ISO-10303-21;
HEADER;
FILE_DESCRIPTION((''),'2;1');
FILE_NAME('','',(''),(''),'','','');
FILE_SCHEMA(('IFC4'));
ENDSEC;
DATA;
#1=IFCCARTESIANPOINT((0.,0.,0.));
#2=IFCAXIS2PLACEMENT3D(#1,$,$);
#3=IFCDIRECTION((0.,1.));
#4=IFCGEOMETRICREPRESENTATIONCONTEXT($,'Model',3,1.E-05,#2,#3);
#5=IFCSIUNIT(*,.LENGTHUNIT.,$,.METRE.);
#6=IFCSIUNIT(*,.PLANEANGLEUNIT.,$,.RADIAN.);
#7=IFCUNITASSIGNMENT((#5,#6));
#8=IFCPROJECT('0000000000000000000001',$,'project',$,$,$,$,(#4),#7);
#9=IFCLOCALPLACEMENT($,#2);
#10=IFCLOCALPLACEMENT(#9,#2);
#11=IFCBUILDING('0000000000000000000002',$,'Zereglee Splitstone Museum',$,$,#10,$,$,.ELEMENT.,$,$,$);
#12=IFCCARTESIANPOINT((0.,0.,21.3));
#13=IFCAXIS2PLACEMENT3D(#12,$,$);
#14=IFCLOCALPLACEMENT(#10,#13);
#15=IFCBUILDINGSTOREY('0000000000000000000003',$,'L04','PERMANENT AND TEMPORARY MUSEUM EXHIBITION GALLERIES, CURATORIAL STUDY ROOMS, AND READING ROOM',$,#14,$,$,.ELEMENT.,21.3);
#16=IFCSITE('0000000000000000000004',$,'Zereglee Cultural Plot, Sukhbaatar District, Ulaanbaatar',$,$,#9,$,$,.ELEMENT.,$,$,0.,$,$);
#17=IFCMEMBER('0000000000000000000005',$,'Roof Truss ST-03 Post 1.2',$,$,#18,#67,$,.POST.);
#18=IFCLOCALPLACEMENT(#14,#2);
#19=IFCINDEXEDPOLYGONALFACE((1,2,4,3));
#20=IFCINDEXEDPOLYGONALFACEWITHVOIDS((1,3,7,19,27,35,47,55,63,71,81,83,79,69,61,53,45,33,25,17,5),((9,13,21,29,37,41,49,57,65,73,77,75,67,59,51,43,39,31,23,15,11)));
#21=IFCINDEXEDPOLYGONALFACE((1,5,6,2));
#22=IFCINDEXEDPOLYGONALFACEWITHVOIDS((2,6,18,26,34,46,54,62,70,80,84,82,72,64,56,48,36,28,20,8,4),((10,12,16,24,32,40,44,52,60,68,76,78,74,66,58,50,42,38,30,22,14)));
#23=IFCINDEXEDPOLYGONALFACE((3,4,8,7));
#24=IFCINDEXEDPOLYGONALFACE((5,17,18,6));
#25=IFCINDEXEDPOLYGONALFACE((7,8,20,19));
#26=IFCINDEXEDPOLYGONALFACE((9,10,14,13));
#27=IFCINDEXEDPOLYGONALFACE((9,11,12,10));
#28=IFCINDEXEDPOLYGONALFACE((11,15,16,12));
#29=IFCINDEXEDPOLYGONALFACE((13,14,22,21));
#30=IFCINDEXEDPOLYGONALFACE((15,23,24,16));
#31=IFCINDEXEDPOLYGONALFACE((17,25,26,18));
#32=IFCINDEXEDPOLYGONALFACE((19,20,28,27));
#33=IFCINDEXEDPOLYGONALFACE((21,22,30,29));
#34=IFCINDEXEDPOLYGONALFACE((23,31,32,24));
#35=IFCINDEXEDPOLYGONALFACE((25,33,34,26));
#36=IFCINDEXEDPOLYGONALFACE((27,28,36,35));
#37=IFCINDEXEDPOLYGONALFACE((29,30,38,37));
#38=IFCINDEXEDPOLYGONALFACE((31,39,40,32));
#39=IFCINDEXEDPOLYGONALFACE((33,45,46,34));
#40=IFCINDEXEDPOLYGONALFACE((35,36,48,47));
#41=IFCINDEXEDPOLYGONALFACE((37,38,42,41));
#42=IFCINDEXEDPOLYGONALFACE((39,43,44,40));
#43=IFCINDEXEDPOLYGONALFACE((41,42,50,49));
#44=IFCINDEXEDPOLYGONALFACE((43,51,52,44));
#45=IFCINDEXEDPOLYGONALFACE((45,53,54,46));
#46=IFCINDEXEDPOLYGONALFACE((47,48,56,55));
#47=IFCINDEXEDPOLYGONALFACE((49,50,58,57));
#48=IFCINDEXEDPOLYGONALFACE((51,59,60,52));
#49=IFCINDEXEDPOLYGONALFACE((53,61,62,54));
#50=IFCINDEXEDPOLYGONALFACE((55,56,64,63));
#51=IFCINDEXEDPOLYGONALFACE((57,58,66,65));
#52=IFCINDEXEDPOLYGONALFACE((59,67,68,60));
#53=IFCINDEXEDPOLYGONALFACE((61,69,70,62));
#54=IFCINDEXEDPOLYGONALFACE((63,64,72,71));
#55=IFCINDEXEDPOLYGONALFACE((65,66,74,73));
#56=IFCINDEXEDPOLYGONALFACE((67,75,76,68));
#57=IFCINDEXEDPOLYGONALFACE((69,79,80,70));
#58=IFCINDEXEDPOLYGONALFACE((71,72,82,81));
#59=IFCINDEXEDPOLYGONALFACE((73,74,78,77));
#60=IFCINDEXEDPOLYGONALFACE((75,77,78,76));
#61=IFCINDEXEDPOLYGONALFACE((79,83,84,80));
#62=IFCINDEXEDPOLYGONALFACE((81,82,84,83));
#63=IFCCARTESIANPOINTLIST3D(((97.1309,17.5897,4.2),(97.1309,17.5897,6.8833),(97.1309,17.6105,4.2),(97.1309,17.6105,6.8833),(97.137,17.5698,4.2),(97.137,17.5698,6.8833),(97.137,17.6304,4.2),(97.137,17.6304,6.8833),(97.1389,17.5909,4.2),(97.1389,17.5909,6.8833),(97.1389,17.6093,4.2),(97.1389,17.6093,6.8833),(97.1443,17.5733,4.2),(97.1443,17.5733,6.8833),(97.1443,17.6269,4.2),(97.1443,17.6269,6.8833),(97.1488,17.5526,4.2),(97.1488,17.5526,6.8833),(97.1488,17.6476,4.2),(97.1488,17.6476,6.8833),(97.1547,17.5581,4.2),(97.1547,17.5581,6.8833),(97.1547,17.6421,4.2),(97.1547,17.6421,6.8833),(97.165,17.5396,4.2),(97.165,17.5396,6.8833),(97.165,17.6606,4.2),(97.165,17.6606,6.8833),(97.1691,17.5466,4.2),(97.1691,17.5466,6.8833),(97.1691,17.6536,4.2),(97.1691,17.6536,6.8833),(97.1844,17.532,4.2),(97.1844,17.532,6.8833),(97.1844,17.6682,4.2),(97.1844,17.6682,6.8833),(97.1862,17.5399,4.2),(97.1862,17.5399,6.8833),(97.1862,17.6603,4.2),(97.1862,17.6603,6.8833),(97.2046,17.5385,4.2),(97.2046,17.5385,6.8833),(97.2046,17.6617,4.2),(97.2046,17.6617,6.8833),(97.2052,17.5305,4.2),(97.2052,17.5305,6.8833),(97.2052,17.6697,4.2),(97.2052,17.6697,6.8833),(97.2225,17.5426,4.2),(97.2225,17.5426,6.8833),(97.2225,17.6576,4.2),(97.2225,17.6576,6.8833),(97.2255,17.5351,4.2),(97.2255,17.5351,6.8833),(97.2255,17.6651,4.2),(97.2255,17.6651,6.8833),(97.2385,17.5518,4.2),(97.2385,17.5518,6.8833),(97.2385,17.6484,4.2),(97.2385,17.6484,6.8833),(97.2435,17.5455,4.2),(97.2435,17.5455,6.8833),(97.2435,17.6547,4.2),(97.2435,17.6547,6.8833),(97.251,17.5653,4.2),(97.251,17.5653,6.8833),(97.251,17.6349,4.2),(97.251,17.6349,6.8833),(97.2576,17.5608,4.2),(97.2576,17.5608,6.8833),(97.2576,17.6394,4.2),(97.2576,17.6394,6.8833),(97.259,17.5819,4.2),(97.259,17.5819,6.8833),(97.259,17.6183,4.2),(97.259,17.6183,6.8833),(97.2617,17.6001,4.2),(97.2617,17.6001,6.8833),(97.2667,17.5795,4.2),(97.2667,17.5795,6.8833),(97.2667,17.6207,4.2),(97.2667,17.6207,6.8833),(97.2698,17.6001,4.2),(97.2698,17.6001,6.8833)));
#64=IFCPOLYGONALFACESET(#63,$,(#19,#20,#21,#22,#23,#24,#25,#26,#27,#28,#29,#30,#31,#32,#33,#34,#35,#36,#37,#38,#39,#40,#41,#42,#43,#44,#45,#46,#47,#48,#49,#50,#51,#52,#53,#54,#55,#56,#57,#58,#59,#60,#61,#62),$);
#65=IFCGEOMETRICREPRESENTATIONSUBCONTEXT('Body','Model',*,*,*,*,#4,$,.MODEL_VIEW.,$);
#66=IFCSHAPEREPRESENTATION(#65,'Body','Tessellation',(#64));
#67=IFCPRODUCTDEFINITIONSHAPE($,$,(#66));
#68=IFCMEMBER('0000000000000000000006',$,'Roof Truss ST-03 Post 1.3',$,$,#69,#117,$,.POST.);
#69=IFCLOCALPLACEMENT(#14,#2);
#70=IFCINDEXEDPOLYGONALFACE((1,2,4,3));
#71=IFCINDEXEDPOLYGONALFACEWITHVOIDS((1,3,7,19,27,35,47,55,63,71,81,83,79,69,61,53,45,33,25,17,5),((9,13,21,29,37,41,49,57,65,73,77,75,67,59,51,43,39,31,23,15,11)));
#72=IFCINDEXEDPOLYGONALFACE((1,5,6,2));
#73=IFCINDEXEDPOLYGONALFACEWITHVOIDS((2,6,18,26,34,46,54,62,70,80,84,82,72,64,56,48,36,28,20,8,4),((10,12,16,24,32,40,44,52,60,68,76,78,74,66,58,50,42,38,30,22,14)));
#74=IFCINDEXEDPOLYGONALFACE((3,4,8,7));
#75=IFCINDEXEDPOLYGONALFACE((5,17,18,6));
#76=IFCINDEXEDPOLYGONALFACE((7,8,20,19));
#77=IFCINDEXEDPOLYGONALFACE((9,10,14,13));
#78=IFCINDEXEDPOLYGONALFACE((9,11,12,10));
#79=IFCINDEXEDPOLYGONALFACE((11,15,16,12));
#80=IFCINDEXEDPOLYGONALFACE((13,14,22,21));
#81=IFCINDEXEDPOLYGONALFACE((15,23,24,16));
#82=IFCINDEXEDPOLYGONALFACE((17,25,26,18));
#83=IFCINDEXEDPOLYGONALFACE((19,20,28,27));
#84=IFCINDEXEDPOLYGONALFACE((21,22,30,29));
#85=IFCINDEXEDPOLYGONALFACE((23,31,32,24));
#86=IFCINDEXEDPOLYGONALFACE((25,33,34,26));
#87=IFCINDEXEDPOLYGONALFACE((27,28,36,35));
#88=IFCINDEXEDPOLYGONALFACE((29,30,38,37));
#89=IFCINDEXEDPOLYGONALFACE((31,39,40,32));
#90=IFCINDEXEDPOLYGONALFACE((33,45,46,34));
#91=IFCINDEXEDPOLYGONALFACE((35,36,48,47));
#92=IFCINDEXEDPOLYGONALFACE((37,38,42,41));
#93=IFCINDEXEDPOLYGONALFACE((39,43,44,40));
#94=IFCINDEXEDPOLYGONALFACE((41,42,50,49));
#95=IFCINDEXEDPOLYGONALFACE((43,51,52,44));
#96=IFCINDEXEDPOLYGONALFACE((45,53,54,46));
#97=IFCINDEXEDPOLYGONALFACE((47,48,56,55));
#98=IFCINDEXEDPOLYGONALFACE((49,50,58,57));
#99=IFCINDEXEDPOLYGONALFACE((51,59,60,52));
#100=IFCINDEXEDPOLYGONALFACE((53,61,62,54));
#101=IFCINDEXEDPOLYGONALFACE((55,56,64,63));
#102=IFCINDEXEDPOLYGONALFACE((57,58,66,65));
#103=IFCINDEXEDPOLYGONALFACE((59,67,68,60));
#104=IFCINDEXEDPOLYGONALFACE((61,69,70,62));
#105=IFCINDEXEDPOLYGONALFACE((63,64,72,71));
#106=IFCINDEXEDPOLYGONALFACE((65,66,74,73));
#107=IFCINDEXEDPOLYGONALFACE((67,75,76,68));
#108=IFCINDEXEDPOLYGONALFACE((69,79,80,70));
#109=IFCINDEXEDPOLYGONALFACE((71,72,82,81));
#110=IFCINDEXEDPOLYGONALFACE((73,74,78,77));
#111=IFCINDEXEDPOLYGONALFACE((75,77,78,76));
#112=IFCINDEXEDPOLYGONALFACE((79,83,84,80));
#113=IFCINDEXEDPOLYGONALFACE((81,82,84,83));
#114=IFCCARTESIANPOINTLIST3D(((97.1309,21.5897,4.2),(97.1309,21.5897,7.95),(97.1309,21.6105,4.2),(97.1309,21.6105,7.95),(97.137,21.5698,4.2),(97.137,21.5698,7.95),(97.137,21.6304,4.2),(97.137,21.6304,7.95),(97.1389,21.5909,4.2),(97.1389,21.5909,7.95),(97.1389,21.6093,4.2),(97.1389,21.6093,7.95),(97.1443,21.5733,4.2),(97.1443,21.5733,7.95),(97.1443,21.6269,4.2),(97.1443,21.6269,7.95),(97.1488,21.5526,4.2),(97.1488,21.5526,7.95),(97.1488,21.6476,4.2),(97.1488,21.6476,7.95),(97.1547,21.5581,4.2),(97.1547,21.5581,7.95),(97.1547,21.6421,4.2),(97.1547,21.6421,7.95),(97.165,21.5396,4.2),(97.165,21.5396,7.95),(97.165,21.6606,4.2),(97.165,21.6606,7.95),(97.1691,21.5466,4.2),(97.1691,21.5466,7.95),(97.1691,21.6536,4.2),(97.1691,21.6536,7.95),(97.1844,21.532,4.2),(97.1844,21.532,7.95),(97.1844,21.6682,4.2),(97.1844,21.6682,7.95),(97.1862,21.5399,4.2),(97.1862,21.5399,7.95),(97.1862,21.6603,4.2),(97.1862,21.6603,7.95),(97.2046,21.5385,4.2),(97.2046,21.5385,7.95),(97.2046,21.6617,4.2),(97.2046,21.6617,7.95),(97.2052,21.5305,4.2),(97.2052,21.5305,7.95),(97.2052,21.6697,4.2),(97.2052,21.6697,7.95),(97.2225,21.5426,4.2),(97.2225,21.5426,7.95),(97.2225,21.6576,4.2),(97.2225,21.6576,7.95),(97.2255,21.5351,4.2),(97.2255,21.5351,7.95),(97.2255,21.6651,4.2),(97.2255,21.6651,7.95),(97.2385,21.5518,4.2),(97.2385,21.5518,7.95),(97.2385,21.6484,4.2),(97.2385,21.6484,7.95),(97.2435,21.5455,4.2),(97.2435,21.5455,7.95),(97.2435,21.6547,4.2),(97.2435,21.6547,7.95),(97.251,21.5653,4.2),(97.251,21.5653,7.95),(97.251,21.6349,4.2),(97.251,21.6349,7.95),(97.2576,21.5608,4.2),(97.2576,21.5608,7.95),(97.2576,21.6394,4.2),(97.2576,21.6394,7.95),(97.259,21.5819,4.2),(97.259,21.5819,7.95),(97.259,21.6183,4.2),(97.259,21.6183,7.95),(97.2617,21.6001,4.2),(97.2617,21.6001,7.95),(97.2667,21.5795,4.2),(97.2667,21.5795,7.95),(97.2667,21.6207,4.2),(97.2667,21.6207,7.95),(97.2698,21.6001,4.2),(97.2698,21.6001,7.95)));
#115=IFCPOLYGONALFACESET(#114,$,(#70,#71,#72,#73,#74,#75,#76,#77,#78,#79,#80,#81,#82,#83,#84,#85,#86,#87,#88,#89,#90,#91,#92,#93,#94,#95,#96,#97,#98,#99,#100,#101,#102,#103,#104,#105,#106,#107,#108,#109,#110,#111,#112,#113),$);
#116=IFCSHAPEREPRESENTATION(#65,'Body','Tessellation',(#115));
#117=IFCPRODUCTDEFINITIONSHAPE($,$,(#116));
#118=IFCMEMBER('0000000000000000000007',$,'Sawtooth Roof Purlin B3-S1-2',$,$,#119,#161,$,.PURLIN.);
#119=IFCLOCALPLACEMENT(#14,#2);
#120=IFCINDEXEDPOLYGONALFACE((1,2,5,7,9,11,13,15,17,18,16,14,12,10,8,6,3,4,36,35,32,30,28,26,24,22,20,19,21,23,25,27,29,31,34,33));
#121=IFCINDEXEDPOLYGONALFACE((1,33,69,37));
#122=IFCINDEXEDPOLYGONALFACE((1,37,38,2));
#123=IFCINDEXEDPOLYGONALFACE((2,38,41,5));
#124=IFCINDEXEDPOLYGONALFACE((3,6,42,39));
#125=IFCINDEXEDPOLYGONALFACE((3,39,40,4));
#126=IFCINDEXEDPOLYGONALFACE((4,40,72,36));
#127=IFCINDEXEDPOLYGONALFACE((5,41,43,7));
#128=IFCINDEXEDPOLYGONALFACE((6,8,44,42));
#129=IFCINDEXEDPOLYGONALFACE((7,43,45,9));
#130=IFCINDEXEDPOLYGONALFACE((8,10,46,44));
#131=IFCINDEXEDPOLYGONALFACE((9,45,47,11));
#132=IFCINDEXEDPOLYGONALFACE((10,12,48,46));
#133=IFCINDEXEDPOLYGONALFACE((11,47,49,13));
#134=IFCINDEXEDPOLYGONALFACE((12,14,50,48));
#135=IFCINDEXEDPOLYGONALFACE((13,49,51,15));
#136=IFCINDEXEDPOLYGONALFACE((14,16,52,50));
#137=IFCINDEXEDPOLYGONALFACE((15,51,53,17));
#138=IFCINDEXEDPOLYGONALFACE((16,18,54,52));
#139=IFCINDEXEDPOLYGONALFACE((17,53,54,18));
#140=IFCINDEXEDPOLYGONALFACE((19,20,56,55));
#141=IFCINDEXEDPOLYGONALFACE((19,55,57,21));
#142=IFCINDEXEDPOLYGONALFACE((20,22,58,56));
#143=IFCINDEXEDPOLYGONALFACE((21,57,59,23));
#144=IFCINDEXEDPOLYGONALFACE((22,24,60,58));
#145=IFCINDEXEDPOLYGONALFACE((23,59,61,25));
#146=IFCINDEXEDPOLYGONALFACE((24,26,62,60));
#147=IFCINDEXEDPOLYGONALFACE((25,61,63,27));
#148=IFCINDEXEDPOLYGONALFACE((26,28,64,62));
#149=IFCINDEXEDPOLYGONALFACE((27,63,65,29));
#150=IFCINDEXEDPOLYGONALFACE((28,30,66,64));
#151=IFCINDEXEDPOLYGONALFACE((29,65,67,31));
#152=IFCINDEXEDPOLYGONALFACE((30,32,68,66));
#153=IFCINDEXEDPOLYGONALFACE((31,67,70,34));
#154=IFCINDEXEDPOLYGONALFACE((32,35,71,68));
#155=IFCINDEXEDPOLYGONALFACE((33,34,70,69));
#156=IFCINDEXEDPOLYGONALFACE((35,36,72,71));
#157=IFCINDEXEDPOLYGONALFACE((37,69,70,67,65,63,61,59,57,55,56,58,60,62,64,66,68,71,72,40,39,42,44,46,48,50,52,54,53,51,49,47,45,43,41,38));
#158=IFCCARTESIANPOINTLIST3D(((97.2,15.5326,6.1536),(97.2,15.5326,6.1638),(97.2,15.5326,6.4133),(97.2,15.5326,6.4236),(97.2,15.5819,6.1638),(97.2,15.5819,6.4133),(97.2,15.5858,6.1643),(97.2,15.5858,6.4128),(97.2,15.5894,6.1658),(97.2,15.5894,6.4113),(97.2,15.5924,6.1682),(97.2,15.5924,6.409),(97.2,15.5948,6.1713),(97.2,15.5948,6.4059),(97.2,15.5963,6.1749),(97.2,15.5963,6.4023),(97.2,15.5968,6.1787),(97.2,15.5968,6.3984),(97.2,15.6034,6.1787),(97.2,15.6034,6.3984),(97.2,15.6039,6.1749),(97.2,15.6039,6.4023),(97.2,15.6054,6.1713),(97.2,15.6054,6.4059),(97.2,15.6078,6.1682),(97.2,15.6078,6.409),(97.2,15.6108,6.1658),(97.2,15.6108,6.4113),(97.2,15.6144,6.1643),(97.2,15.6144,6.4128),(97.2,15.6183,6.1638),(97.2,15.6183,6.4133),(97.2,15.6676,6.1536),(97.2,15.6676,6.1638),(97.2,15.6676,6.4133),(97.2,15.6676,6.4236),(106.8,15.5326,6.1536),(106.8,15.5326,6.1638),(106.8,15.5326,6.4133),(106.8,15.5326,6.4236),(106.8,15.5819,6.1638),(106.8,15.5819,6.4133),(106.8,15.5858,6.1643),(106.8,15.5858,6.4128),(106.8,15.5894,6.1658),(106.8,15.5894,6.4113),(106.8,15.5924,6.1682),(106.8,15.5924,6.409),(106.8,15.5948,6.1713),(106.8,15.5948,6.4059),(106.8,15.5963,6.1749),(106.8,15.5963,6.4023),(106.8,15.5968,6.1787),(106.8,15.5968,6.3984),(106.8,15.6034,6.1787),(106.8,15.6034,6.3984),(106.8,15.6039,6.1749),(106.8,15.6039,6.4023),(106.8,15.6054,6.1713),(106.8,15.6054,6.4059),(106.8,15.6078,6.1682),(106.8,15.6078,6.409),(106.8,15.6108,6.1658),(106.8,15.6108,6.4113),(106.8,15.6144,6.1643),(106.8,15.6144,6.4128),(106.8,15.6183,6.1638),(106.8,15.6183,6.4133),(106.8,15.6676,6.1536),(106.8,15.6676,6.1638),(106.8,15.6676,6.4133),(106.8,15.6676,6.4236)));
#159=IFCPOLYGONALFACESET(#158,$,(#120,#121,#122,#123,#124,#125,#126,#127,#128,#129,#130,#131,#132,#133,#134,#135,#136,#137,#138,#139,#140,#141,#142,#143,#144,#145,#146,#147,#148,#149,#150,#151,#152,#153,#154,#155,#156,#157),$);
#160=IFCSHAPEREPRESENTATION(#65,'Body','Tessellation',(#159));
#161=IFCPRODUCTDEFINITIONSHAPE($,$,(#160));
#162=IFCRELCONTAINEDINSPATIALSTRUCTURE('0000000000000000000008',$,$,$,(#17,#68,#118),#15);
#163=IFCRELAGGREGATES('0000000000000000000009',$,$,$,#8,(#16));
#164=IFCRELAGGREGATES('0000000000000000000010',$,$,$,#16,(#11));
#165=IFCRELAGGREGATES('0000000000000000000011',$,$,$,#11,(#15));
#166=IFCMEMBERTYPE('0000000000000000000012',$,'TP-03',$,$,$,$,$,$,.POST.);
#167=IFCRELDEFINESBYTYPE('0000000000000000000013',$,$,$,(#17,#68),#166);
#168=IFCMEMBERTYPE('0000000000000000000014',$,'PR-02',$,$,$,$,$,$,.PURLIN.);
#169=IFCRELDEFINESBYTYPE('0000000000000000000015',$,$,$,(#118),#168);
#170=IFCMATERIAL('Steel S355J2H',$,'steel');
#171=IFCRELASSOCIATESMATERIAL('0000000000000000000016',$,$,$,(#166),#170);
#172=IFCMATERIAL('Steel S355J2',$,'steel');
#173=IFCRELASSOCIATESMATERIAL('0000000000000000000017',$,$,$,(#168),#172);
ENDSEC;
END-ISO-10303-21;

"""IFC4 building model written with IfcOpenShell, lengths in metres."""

from ifc_helpers import new_model, si_unit, direction, frame, origin, origin_2d, place, context, subcontext, project, spatial, hollow_circle, i_section, extrude, material, material_profile, profile_set, type_object, element, save


model = new_model("IFC4")

# Units and contexts
model_context = context("Model", 3, precision=1e-05, world=origin(), true_north=direction((0.0, 1.0)))
body_context = subcontext(model_context, "Body", "Model", "MODEL_VIEW")
ifc_project = project(units=[si_unit("LENGTHUNIT", "METRE"), si_unit("PLANEANGLEUNIT", "RADIAN")], contexts=[model_context])

# Site, building, storey
site_placement = place(None, origin())
site = spatial("IfcSite", under=ifc_project, at=site_placement, Name="Zereglee Cultural Plot, Sukhbaatar District, Ulaanbaatar", CompositionType="ELEMENT", RefElevation=0.0)
building_placement = place(site_placement, origin())
building = spatial("IfcBuilding", under=site, at=building_placement, Name="Zereglee Splitstone Museum", CompositionType="ELEMENT")
storey_placement = place(building_placement, frame((0.0, 0.0, 21.3)))
storey = spatial("IfcBuildingStorey", under=building, at=storey_placement, Name="L04", Description="PERMANENT AND TEMPORARY MUSEUM EXHIBITION GALLERIES, CURATORIAL STUDY ROOMS, AND READING ROOM", CompositionType="ELEMENT", Elevation=21.3)

# Shared definitions
ifc_material_1 = material(Name="Steel S355J2", Category="steel")

# Shared definitions
ifc_material_2 = material(Name="Steel S355J2H", Category="steel")

# Members
ifc_material_profile_1 = material_profile(ifc_material_2, hollow_circle(Radius=0.0698, WallThickness=0.0081, at=origin_2d()), Name="CHS 139.7x8")
ifc_profile_set_1 = profile_set([ifc_material_profile_1], Name="Steel S355J2H")
member_type_1 = type_object("IfcMemberType", Name="TP-03", PredefinedType="POST", material=ifc_profile_set_1)
member_1_placement = place(storey_placement, frame((97.2, 17.6001, 4.2), z_axis=(0.0, 0.0, 1.0), x_axis=(1.0, 0.0, 0.0)))
element("IfcMember", 1, at=member_1_placement, inside=storey, type_object=member_type_1, Name="Roof Truss ST-03 Post 1.2", PredefinedType="POST", context=body_context, shape_type="SweptSolid", body=[
    extrude(hollow_circle(Radius=0.0698, WallThickness=0.0081, at=origin_2d()), origin(), (0.0, 0.0, 1.0), 2.6833),
])
member_2_placement = place(storey_placement, frame((97.2, 21.6001, 4.2), z_axis=(0.0, 0.0, 1.0), x_axis=(1.0, 0.0, 0.0)))
element("IfcMember", 2, at=member_2_placement, inside=storey, type_object=member_type_1, Name="Roof Truss ST-03 Post 1.3", PredefinedType="POST", context=body_context, shape_type="SweptSolid", body=[
    extrude(hollow_circle(Radius=0.0698, WallThickness=0.0081, at=origin_2d()), origin(), (0.0, 0.0, 1.0), 3.75),
])
ifc_material_profile_2 = material_profile(ifc_material_1, i_section(OverallWidth=0.135, OverallDepth=0.27, WebThickness=0.0066, FlangeThickness=0.0103, FilletRadius=0.0149, at=origin_2d()), Name="IPE 270")
ifc_profile_set_2 = profile_set([ifc_material_profile_2], Name="Steel S355J2")
member_type_2 = type_object("IfcMemberType", Name="PR-02", PredefinedType="PURLIN", material=ifc_profile_set_2)
for number, where, z_axis, x_axis, name in (
    (3, (97.2, 15.6001, 6.2886), (1.0, 0.0, 0.0), (0.0, 1.0, 0.0), "Sawtooth Roof Purlin B3-S1-2"),
):
    element("IfcMember", number, at=place(storey_placement, frame(where, z_axis=z_axis, x_axis=x_axis)), inside=storey, type_object=member_type_2, Name=name, PredefinedType="PURLIN", context=body_context, shape_type="SweptSolid", body=[
        extrude(i_section(OverallWidth=0.135, OverallDepth=0.27, WebThickness=0.0066, FlangeThickness=0.0103, FilletRadius=0.0149, at=origin_2d()), origin(), (0.0, 0.0, 1.0), 9.6001),
    ])

save(model, "model.ifc")
